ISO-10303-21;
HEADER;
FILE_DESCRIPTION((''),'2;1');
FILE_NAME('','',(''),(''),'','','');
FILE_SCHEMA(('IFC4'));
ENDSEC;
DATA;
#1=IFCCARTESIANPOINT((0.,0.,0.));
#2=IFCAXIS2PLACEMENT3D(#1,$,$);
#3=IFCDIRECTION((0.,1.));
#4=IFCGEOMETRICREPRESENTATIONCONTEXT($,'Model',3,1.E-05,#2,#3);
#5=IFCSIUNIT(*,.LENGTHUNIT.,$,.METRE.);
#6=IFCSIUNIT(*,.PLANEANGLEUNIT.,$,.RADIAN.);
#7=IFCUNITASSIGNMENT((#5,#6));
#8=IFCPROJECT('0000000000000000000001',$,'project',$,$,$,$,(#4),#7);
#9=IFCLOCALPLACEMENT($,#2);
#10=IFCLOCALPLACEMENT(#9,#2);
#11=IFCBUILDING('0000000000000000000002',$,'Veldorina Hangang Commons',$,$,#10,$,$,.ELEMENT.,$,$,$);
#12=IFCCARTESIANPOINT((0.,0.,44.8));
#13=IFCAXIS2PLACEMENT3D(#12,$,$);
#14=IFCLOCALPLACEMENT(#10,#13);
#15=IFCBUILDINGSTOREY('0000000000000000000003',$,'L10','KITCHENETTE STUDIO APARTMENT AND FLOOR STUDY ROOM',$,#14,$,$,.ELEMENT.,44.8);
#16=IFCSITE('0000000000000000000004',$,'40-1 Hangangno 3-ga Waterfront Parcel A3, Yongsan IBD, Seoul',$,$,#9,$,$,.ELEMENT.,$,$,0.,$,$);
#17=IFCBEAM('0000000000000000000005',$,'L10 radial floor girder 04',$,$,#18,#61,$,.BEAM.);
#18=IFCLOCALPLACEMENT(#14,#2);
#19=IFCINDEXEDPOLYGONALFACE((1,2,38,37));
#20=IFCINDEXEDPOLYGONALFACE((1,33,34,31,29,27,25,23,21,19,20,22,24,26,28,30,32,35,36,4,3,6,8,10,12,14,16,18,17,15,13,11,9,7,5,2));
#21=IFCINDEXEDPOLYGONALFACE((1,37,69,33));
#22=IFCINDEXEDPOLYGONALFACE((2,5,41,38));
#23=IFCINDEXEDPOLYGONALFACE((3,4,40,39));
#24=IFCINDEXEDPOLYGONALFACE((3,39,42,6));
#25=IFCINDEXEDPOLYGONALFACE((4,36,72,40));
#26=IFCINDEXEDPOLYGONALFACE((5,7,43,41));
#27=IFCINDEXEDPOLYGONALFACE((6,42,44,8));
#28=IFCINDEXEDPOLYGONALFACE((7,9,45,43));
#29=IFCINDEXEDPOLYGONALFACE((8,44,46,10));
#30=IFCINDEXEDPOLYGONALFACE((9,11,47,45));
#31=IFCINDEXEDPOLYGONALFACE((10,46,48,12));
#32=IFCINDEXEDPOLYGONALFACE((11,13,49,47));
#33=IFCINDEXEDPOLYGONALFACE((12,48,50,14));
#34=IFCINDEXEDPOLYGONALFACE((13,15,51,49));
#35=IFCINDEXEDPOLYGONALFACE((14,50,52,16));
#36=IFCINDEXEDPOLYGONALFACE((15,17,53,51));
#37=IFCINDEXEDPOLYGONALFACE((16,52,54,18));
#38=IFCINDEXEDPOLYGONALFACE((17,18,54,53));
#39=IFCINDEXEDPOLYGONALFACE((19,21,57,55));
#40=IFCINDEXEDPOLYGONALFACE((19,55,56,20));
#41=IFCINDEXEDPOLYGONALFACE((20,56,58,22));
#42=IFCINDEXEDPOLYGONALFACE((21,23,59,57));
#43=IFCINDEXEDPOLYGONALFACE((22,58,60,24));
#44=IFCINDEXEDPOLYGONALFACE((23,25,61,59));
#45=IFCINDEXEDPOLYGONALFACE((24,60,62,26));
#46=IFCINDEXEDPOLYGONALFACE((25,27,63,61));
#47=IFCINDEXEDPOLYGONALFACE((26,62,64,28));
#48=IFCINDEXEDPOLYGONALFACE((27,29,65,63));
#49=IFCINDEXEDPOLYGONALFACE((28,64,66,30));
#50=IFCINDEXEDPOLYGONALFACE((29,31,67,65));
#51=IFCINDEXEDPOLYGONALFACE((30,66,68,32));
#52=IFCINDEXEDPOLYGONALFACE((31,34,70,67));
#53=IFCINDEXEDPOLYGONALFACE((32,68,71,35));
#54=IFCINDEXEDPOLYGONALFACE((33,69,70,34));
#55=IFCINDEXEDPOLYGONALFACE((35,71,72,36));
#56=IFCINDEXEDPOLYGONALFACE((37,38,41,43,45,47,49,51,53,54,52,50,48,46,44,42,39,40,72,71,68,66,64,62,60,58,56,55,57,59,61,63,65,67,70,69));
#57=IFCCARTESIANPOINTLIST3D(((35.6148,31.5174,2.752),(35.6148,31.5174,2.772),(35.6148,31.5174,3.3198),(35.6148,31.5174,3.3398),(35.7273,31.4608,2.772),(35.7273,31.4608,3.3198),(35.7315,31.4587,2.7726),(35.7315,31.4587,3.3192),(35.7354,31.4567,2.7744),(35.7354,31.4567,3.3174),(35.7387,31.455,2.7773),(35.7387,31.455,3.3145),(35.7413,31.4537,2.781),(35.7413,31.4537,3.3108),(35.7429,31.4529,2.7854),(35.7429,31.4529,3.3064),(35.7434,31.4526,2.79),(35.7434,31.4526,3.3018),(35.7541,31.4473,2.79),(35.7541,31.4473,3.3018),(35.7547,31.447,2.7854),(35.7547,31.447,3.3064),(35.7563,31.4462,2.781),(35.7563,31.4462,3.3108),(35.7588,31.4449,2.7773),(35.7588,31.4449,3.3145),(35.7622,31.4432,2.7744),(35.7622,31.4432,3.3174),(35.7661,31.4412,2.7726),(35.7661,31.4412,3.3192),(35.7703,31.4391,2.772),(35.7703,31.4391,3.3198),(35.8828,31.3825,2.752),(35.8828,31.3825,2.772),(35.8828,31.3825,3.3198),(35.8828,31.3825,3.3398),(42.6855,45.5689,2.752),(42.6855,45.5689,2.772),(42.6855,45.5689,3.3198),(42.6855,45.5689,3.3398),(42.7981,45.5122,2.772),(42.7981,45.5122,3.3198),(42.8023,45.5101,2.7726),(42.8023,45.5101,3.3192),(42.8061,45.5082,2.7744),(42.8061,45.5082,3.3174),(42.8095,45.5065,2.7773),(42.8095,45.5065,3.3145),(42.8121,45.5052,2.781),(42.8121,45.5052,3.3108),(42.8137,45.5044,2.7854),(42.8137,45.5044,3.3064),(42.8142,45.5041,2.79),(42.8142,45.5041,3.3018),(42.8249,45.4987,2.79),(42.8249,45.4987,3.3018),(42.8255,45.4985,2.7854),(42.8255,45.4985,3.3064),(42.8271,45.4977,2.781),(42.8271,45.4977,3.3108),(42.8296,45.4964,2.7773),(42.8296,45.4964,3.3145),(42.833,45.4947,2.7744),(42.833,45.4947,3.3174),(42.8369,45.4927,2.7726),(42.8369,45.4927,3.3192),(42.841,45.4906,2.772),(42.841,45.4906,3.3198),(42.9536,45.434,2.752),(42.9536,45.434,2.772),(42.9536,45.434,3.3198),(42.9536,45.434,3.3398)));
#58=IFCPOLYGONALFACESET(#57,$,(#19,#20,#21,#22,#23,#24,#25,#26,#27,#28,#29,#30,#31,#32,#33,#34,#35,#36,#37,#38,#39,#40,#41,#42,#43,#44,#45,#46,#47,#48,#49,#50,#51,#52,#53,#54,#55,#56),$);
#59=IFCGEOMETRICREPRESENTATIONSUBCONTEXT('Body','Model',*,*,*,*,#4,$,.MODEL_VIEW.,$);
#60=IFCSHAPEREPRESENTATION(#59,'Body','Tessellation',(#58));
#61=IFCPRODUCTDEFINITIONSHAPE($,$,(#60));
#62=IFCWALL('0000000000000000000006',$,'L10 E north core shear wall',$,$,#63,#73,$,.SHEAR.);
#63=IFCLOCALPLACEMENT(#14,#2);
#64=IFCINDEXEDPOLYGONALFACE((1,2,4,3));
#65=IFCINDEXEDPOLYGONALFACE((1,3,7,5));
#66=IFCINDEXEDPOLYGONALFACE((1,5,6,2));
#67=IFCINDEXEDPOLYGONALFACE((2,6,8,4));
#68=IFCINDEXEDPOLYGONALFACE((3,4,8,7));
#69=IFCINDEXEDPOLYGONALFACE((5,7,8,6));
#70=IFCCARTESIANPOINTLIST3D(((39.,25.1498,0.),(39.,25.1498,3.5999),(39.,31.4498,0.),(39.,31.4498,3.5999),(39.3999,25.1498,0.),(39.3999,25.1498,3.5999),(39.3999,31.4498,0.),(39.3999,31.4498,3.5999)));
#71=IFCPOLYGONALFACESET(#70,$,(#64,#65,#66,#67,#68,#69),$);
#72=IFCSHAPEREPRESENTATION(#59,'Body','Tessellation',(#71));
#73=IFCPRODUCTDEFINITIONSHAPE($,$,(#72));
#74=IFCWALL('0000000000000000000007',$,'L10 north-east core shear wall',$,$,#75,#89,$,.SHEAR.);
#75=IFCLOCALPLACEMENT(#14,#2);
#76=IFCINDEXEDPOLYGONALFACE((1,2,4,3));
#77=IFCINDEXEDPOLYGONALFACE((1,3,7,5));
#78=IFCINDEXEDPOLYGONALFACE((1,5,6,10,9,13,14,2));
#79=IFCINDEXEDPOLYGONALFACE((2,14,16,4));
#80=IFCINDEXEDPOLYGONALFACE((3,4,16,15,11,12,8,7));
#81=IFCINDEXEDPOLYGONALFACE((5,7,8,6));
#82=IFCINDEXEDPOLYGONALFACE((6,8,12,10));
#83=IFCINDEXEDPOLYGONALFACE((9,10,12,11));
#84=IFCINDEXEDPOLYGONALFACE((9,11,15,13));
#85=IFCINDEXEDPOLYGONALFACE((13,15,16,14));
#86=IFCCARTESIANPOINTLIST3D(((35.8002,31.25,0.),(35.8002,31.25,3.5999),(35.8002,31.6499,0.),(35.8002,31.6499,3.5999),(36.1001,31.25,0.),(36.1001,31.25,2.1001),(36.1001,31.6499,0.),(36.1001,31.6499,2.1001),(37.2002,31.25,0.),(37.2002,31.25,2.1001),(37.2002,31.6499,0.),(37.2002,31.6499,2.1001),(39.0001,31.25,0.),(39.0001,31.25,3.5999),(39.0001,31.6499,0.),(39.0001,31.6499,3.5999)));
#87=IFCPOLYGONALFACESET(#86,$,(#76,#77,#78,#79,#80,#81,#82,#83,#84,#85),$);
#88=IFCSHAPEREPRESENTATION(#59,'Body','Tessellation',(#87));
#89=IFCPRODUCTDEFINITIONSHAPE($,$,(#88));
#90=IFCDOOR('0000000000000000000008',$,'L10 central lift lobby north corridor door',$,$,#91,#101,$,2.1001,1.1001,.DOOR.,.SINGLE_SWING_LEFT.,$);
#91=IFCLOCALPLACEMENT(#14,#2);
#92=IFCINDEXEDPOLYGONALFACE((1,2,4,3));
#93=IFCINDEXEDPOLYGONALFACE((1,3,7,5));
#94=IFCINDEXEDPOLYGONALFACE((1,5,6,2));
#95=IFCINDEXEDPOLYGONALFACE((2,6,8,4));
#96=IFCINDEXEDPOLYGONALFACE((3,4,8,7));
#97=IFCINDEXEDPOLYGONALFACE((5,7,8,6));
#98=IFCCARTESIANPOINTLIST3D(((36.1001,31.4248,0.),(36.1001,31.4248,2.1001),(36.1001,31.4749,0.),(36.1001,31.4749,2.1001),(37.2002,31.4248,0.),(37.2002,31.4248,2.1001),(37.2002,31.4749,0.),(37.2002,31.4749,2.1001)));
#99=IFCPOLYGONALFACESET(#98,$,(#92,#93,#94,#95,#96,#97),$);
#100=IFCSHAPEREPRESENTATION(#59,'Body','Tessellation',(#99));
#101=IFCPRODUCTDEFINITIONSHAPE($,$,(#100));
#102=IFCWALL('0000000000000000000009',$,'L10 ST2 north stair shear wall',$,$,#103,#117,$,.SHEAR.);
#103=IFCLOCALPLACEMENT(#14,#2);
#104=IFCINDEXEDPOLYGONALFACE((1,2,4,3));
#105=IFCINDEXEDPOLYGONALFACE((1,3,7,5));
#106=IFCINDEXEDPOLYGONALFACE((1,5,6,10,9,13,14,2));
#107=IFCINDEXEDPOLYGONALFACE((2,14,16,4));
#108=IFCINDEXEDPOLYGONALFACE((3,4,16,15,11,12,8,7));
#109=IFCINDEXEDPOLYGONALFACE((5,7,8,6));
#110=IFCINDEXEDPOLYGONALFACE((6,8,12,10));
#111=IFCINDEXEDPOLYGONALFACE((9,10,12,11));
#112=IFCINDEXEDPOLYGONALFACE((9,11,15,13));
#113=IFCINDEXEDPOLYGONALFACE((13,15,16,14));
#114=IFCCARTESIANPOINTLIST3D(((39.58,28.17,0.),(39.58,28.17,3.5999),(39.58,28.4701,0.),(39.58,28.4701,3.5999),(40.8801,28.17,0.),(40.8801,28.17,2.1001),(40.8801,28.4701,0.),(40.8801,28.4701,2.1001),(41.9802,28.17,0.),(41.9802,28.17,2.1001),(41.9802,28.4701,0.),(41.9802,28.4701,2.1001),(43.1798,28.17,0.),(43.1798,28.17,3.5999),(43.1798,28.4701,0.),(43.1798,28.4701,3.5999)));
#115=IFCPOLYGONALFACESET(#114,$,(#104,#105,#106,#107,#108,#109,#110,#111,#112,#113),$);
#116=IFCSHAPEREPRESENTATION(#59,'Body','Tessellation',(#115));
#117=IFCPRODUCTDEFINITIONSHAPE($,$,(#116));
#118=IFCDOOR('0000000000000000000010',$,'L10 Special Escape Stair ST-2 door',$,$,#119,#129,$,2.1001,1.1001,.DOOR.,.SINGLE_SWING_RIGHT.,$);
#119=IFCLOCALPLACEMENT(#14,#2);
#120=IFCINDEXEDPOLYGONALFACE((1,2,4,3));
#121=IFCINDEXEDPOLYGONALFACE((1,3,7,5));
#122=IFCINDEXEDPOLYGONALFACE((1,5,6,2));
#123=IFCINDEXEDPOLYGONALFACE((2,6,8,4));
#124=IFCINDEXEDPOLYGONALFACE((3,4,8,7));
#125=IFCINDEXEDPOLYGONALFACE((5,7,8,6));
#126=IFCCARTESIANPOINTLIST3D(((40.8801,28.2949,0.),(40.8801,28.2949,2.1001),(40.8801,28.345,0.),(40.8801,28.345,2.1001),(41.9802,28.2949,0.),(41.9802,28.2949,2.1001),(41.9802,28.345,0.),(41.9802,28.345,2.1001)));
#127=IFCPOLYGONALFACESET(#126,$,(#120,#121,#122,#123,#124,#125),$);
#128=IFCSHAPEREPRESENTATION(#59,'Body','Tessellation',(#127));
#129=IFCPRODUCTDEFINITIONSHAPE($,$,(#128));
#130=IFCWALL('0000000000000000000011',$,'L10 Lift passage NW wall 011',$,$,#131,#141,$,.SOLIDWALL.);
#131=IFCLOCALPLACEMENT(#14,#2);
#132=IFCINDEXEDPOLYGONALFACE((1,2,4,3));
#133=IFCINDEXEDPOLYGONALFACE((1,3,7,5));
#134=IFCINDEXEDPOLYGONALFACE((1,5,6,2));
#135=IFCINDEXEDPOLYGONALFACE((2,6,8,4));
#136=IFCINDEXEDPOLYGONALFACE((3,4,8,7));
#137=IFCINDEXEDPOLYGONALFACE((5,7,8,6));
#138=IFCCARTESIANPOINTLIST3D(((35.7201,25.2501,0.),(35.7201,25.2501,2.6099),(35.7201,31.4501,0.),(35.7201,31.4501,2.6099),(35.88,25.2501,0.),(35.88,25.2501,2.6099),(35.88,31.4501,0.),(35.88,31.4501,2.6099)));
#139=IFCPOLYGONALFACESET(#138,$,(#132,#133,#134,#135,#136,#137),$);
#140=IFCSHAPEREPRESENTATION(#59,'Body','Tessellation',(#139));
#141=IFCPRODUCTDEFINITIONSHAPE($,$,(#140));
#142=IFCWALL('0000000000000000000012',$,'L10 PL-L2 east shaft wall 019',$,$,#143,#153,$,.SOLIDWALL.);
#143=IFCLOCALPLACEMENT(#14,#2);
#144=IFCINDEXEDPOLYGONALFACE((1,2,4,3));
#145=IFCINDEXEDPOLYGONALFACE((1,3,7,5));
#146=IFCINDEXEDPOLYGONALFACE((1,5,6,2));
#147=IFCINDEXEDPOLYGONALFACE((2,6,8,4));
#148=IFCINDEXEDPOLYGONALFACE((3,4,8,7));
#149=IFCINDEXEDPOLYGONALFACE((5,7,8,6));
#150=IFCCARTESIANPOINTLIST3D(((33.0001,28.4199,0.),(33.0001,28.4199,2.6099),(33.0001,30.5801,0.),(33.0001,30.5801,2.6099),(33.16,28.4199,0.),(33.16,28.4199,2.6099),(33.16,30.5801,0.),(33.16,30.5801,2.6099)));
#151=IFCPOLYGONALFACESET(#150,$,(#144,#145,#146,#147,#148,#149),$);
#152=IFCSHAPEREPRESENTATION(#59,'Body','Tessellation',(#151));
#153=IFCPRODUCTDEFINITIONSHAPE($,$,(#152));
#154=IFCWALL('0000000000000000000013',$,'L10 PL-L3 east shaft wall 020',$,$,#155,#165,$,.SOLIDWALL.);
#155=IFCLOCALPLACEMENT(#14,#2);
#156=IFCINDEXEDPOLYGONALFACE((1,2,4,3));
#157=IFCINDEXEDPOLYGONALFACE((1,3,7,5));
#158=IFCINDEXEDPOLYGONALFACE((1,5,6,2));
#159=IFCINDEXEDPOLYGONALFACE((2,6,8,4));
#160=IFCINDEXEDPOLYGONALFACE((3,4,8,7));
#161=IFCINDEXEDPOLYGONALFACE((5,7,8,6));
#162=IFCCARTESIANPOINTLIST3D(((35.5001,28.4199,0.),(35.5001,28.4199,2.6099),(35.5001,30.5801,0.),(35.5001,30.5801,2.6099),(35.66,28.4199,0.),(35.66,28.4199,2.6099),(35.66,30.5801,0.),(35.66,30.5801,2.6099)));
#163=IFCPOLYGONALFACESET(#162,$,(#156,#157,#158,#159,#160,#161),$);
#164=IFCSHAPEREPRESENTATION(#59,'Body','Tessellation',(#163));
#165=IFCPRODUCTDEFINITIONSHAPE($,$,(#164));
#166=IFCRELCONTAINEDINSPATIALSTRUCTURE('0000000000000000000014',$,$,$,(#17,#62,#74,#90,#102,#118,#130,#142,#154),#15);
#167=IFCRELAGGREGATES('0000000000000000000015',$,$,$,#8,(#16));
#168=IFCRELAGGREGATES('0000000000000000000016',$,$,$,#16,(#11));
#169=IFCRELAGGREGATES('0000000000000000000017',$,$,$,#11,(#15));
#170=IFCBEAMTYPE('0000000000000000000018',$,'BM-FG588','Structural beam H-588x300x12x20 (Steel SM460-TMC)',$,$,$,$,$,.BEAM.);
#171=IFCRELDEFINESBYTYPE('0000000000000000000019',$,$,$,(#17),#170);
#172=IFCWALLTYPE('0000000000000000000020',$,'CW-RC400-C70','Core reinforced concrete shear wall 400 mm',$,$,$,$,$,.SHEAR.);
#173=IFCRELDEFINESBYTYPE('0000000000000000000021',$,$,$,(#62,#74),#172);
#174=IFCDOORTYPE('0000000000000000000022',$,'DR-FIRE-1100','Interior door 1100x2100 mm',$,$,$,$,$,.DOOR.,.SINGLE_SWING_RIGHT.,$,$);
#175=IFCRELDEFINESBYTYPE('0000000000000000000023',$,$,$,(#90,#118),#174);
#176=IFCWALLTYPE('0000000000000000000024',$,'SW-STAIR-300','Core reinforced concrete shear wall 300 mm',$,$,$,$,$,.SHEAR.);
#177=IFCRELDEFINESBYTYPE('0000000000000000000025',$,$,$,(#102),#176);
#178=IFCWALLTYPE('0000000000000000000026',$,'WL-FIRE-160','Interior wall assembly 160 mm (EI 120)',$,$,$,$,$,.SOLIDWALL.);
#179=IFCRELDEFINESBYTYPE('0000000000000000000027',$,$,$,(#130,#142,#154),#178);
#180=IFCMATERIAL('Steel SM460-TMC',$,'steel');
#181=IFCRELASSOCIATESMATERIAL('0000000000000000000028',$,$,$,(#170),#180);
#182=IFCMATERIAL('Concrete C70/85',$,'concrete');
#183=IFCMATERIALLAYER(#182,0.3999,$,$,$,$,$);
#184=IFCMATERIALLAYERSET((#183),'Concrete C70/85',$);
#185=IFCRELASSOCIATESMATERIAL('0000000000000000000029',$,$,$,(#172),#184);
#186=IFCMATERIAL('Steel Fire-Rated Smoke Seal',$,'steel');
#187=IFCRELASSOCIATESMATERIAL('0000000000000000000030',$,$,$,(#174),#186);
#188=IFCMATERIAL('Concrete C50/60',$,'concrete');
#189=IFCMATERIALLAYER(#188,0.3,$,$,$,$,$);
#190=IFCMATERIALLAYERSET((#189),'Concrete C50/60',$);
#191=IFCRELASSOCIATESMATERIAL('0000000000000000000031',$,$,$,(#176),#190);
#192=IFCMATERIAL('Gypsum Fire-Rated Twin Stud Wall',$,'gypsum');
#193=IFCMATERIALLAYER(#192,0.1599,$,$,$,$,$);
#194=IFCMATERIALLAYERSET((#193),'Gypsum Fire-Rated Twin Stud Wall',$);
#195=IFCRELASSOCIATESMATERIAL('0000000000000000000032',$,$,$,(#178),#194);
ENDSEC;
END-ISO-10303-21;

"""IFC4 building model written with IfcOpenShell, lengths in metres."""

from ifc_helpers import new_model, si_unit, direction, frame, frame_2d, origin, origin_2d, place, context, subcontext, project, spatial, rectangle, i_section, extrude, material, layer, layer_set, material_profile, profile_set, type_object, element, fill, save


model = new_model("IFC4")

# Units and contexts
model_context = context("Model", 3, precision=1e-05, world=origin(), true_north=direction((0.0, 1.0)))
body_context = subcontext(model_context, "Body", "Model", "MODEL_VIEW")
ifc_project = project(units=[si_unit("LENGTHUNIT", "METRE"), si_unit("PLANEANGLEUNIT", "RADIAN")], contexts=[model_context])

# Site, building, storey
site_placement = place(None, origin())
site = spatial("IfcSite", under=ifc_project, at=site_placement, Name="40-1 Hangangno 3-ga Waterfront Parcel A3, Yongsan IBD, Seoul", CompositionType="ELEMENT", RefElevation=0.0)
building_placement = place(site_placement, origin())
building = spatial("IfcBuilding", under=site, at=building_placement, Name="Veldorina Hangang Commons", CompositionType="ELEMENT")
storey_placement = place(building_placement, frame((0.0, 0.0, 44.8)))
storey = spatial("IfcBuildingStorey", under=building, at=storey_placement, Name="L10", Description="KITCHENETTE STUDIO APARTMENT AND FLOOR STUDY ROOM", CompositionType="ELEMENT", Elevation=44.8)

# Beam
ifc_material_1 = material(Name="Concrete C70/85", Category="concrete")
ifc_material_2 = material(Name="Steel SM460-TMC", Category="steel")
ifc_material_profile_1 = material_profile(ifc_material_2, i_section(OverallWidth=0.3, OverallDepth=0.5879, WebThickness=0.012, FlangeThickness=0.02, FilletRadius=0.0181, at=origin_2d()), Name="H-588x300x12x20")
ifc_profile_set_1 = profile_set([ifc_material_profile_1], Name="Steel SM460-TMC")
beam_type_1 = type_object("IfcBeamType", Name="BM-FG588", Description="Structural beam H-588x300x12x20 (Steel SM460-TMC)", PredefinedType="BEAM", material=ifc_profile_set_1)
beam_1_placement = place(storey_placement, frame((35.7488, 31.45, 3.0459), z_axis=(0.449503, 0.893279, 0.0), x_axis=(-0.893279, 0.449503, 0.0)))
element("IfcBeam", 1, at=beam_1_placement, inside=storey, type_object=beam_type_1, Name="L10 radial floor girder 04", PredefinedType="BEAM", context=body_context, shape_type="SweptSolid", body=[
    extrude(i_section(OverallWidth=0.3, OverallDepth=0.5879, WebThickness=0.012, FlangeThickness=0.02, FilletRadius=0.0181, at=origin_2d()), origin(), (0.0, 0.0, 1.0), 15.7302),
])

# Wall
ifc_layer_1 = layer(ifc_material_1, 0.3999)
ifc_layer_set_1 = layer_set([ifc_layer_1], Name="Concrete C70/85")
wall_type_1 = type_object("IfcWallType", Name="CW-RC400-C70", Description="Core reinforced concrete shear wall 400 mm", PredefinedType="SHEAR", material=ifc_layer_set_1)
wall_1_placement = place(storey_placement, frame((39.2, 25.1499, 0.0), z_axis=(0.0, 0.0, 1.0), x_axis=(0.0, 1.0, 0.0)))
element("IfcWall", 2, at=wall_1_placement, inside=storey, type_object=wall_type_1, Name="L10 E north core shear wall", PredefinedType="SHEAR", context=body_context, shape_type="SweptSolid", body=[
    extrude(rectangle(XDim=6.3, YDim=0.3999, at=frame_2d((3.1499, 0.0))), origin(), (0.0, 0.0, 1.0), 3.5999),
])

# Walls, openings, doors
wall_2_placement = place(storey_placement, frame((35.8, 31.45, 0.0), z_axis=(0.0, 0.0, 1.0), x_axis=(1.0, 0.0, 0.0)))
wall_2 = element("IfcWall", 3, at=wall_2_placement, inside=storey, type_object=wall_type_1, Name="L10 north-east core shear wall", PredefinedType="SHEAR", context=body_context, shape_type="SweptSolid", body=[
    extrude(rectangle(XDim=3.2, YDim=0.3999, at=frame_2d((1.6001, 0.0))), origin(), (0.0, 0.0, 1.0), 3.5999),
])
opening_1_placement = place(wall_2_placement, frame((0.3, 0.0, 0.0)))
opening_1 = element("IfcOpeningElement", 4, at=opening_1_placement, cuts=wall_2, PredefinedType="OPENING", context=body_context, shape_type="SweptSolid", body=[
    extrude(rectangle(XDim=1.1001, YDim=2.1001, at=frame_2d((0.55, 1.05))), frame((0.0, 0.21, 0.0), z_axis=(0.0, -1.0, 0.0), x_axis=(1.0, 0.0, 0.0)), (0.0, 0.0, 1.0), 0.4199),
])
ifc_material_3 = material(Name="Steel Fire-Rated Smoke Seal", Category="steel")
door_type_1 = type_object("IfcDoorType", Name="DR-FIRE-1100", Description="Interior door 1100x2100 mm", OperationType="SINGLE_SWING_RIGHT", PredefinedType="DOOR", material=ifc_material_3)
door_1_placement = place(opening_1_placement, origin())
door_1 = element("IfcDoor", 5, at=door_1_placement, inside=storey, type_object=door_type_1, Name="L10 central lift lobby north corridor door", OperationType="SINGLE_SWING_LEFT", OverallHeight=2.1001, OverallWidth=1.1001, PredefinedType="DOOR", context=body_context, shape_type="SweptSolid", body=[
    extrude(rectangle(XDim=1.1001, YDim=2.1001, at=frame_2d((0.55, 1.05))), frame((0.0, 0.0249, 0.0), z_axis=(0.0, -1.0, 0.0), x_axis=(1.0, 0.0, 0.0)), (0.0, 0.0, 1.0), 0.05),
])
fill(opening_1, door_1)
ifc_material_4 = material(Name="Concrete C50/60", Category="concrete")
ifc_layer_2 = layer(ifc_material_4, 0.3)
ifc_layer_set_2 = layer_set([ifc_layer_2], Name="Concrete C50/60")
wall_type_2 = type_object("IfcWallType", Name="SW-STAIR-300", Description="Core reinforced concrete shear wall 300 mm", PredefinedType="SHEAR", material=ifc_layer_set_2)
wall_3_placement = place(storey_placement, frame((39.5801, 28.3201, 0.0), z_axis=(0.0, 0.0, 1.0), x_axis=(1.0, 0.0, 0.0)))
wall_3 = element("IfcWall", 6, at=wall_3_placement, inside=storey, type_object=wall_type_2, Name="L10 ST2 north stair shear wall", PredefinedType="SHEAR", context=body_context, shape_type="SweptSolid", body=[
    extrude(rectangle(XDim=3.5999, YDim=0.3, at=frame_2d((1.7998, 0.0))), origin(), (0.0, 0.0, 1.0), 3.5999),
])
opening_2_placement = place(wall_3_placement, frame((1.3, 0.0, 0.0)))
opening_2 = element("IfcOpeningElement", 7, at=opening_2_placement, cuts=wall_3, PredefinedType="OPENING", context=body_context, shape_type="SweptSolid", body=[
    extrude(rectangle(XDim=1.1001, YDim=2.1001, at=frame_2d((0.55, 1.05))), frame((0.0, 0.1602, 0.0), z_axis=(0.0, -1.0, 0.0), x_axis=(1.0, 0.0, 0.0)), (0.0, 0.0, 1.0), 0.3201),
])
door_2_placement = place(opening_2_placement, origin())
door_2 = element("IfcDoor", 8, at=door_2_placement, inside=storey, type_object=door_type_1, Name="L10 Special Escape Stair ST-2 door", OperationType="SINGLE_SWING_RIGHT", OverallHeight=2.1001, OverallWidth=1.1001, PredefinedType="DOOR", context=body_context, shape_type="SweptSolid", body=[
    extrude(rectangle(XDim=1.1001, YDim=2.1001, at=frame_2d((0.55, 1.05))), frame((0.0, 0.0249, 0.0), z_axis=(0.0, -1.0, 0.0), x_axis=(1.0, 0.0, 0.0)), (0.0, 0.0, 1.0), 0.05),
])
fill(opening_2, door_2)

# Walls
ifc_material_5 = material(Name="Gypsum Fire-Rated Twin Stud Wall", Category="gypsum")
ifc_layer_3 = layer(ifc_material_5, 0.1599)
ifc_layer_set_3 = layer_set([ifc_layer_3], Name="Gypsum Fire-Rated Twin Stud Wall")
wall_type_3 = type_object("IfcWallType", Name="WL-FIRE-160", Description="Interior wall assembly 160 mm (EI 120)", PredefinedType="SOLIDWALL", material=ifc_layer_set_3)
wall_4_placement = place(storey_placement, frame((35.8, 25.25, 0.0), z_axis=(0.0, 0.0, 1.0), x_axis=(0.0, 1.0, 0.0)))
element("IfcWall", 9, at=wall_4_placement, inside=storey, type_object=wall_type_3, Name="L10 Lift passage NW wall 011", PredefinedType="SOLIDWALL", context=body_context, shape_type="SweptSolid", body=[
    extrude(rectangle(XDim=6.2, YDim=0.1599, at=frame_2d((3.1001, 0.0))), origin(), (0.0, 0.0, 1.0), 2.6099),
])
for number, where, z_axis, x_axis, name in (
    (10, (33.0801, 28.4199, 0.0), (0.0, 0.0, 1.0), (0.0, 1.0, 0.0), "L10 PL-L2 east shaft wall 019"),
    (11, (35.5801, 28.4199, 0.0), (0.0, 0.0, 1.0), (0.0, 1.0, 0.0), "L10 PL-L3 east shaft wall 020"),
):
    element("IfcWall", number, at=place(storey_placement, frame(where, z_axis=z_axis, x_axis=x_axis)), inside=storey, type_object=wall_type_3, Name=name, PredefinedType="SOLIDWALL", context=body_context, shape_type="SweptSolid", body=[
        extrude(rectangle(XDim=2.1602, YDim=0.1599, at=frame_2d((1.0801, 0.0))), origin(), (0.0, 0.0, 1.0), 2.6099),
    ])

save(model, "model.ifc")
